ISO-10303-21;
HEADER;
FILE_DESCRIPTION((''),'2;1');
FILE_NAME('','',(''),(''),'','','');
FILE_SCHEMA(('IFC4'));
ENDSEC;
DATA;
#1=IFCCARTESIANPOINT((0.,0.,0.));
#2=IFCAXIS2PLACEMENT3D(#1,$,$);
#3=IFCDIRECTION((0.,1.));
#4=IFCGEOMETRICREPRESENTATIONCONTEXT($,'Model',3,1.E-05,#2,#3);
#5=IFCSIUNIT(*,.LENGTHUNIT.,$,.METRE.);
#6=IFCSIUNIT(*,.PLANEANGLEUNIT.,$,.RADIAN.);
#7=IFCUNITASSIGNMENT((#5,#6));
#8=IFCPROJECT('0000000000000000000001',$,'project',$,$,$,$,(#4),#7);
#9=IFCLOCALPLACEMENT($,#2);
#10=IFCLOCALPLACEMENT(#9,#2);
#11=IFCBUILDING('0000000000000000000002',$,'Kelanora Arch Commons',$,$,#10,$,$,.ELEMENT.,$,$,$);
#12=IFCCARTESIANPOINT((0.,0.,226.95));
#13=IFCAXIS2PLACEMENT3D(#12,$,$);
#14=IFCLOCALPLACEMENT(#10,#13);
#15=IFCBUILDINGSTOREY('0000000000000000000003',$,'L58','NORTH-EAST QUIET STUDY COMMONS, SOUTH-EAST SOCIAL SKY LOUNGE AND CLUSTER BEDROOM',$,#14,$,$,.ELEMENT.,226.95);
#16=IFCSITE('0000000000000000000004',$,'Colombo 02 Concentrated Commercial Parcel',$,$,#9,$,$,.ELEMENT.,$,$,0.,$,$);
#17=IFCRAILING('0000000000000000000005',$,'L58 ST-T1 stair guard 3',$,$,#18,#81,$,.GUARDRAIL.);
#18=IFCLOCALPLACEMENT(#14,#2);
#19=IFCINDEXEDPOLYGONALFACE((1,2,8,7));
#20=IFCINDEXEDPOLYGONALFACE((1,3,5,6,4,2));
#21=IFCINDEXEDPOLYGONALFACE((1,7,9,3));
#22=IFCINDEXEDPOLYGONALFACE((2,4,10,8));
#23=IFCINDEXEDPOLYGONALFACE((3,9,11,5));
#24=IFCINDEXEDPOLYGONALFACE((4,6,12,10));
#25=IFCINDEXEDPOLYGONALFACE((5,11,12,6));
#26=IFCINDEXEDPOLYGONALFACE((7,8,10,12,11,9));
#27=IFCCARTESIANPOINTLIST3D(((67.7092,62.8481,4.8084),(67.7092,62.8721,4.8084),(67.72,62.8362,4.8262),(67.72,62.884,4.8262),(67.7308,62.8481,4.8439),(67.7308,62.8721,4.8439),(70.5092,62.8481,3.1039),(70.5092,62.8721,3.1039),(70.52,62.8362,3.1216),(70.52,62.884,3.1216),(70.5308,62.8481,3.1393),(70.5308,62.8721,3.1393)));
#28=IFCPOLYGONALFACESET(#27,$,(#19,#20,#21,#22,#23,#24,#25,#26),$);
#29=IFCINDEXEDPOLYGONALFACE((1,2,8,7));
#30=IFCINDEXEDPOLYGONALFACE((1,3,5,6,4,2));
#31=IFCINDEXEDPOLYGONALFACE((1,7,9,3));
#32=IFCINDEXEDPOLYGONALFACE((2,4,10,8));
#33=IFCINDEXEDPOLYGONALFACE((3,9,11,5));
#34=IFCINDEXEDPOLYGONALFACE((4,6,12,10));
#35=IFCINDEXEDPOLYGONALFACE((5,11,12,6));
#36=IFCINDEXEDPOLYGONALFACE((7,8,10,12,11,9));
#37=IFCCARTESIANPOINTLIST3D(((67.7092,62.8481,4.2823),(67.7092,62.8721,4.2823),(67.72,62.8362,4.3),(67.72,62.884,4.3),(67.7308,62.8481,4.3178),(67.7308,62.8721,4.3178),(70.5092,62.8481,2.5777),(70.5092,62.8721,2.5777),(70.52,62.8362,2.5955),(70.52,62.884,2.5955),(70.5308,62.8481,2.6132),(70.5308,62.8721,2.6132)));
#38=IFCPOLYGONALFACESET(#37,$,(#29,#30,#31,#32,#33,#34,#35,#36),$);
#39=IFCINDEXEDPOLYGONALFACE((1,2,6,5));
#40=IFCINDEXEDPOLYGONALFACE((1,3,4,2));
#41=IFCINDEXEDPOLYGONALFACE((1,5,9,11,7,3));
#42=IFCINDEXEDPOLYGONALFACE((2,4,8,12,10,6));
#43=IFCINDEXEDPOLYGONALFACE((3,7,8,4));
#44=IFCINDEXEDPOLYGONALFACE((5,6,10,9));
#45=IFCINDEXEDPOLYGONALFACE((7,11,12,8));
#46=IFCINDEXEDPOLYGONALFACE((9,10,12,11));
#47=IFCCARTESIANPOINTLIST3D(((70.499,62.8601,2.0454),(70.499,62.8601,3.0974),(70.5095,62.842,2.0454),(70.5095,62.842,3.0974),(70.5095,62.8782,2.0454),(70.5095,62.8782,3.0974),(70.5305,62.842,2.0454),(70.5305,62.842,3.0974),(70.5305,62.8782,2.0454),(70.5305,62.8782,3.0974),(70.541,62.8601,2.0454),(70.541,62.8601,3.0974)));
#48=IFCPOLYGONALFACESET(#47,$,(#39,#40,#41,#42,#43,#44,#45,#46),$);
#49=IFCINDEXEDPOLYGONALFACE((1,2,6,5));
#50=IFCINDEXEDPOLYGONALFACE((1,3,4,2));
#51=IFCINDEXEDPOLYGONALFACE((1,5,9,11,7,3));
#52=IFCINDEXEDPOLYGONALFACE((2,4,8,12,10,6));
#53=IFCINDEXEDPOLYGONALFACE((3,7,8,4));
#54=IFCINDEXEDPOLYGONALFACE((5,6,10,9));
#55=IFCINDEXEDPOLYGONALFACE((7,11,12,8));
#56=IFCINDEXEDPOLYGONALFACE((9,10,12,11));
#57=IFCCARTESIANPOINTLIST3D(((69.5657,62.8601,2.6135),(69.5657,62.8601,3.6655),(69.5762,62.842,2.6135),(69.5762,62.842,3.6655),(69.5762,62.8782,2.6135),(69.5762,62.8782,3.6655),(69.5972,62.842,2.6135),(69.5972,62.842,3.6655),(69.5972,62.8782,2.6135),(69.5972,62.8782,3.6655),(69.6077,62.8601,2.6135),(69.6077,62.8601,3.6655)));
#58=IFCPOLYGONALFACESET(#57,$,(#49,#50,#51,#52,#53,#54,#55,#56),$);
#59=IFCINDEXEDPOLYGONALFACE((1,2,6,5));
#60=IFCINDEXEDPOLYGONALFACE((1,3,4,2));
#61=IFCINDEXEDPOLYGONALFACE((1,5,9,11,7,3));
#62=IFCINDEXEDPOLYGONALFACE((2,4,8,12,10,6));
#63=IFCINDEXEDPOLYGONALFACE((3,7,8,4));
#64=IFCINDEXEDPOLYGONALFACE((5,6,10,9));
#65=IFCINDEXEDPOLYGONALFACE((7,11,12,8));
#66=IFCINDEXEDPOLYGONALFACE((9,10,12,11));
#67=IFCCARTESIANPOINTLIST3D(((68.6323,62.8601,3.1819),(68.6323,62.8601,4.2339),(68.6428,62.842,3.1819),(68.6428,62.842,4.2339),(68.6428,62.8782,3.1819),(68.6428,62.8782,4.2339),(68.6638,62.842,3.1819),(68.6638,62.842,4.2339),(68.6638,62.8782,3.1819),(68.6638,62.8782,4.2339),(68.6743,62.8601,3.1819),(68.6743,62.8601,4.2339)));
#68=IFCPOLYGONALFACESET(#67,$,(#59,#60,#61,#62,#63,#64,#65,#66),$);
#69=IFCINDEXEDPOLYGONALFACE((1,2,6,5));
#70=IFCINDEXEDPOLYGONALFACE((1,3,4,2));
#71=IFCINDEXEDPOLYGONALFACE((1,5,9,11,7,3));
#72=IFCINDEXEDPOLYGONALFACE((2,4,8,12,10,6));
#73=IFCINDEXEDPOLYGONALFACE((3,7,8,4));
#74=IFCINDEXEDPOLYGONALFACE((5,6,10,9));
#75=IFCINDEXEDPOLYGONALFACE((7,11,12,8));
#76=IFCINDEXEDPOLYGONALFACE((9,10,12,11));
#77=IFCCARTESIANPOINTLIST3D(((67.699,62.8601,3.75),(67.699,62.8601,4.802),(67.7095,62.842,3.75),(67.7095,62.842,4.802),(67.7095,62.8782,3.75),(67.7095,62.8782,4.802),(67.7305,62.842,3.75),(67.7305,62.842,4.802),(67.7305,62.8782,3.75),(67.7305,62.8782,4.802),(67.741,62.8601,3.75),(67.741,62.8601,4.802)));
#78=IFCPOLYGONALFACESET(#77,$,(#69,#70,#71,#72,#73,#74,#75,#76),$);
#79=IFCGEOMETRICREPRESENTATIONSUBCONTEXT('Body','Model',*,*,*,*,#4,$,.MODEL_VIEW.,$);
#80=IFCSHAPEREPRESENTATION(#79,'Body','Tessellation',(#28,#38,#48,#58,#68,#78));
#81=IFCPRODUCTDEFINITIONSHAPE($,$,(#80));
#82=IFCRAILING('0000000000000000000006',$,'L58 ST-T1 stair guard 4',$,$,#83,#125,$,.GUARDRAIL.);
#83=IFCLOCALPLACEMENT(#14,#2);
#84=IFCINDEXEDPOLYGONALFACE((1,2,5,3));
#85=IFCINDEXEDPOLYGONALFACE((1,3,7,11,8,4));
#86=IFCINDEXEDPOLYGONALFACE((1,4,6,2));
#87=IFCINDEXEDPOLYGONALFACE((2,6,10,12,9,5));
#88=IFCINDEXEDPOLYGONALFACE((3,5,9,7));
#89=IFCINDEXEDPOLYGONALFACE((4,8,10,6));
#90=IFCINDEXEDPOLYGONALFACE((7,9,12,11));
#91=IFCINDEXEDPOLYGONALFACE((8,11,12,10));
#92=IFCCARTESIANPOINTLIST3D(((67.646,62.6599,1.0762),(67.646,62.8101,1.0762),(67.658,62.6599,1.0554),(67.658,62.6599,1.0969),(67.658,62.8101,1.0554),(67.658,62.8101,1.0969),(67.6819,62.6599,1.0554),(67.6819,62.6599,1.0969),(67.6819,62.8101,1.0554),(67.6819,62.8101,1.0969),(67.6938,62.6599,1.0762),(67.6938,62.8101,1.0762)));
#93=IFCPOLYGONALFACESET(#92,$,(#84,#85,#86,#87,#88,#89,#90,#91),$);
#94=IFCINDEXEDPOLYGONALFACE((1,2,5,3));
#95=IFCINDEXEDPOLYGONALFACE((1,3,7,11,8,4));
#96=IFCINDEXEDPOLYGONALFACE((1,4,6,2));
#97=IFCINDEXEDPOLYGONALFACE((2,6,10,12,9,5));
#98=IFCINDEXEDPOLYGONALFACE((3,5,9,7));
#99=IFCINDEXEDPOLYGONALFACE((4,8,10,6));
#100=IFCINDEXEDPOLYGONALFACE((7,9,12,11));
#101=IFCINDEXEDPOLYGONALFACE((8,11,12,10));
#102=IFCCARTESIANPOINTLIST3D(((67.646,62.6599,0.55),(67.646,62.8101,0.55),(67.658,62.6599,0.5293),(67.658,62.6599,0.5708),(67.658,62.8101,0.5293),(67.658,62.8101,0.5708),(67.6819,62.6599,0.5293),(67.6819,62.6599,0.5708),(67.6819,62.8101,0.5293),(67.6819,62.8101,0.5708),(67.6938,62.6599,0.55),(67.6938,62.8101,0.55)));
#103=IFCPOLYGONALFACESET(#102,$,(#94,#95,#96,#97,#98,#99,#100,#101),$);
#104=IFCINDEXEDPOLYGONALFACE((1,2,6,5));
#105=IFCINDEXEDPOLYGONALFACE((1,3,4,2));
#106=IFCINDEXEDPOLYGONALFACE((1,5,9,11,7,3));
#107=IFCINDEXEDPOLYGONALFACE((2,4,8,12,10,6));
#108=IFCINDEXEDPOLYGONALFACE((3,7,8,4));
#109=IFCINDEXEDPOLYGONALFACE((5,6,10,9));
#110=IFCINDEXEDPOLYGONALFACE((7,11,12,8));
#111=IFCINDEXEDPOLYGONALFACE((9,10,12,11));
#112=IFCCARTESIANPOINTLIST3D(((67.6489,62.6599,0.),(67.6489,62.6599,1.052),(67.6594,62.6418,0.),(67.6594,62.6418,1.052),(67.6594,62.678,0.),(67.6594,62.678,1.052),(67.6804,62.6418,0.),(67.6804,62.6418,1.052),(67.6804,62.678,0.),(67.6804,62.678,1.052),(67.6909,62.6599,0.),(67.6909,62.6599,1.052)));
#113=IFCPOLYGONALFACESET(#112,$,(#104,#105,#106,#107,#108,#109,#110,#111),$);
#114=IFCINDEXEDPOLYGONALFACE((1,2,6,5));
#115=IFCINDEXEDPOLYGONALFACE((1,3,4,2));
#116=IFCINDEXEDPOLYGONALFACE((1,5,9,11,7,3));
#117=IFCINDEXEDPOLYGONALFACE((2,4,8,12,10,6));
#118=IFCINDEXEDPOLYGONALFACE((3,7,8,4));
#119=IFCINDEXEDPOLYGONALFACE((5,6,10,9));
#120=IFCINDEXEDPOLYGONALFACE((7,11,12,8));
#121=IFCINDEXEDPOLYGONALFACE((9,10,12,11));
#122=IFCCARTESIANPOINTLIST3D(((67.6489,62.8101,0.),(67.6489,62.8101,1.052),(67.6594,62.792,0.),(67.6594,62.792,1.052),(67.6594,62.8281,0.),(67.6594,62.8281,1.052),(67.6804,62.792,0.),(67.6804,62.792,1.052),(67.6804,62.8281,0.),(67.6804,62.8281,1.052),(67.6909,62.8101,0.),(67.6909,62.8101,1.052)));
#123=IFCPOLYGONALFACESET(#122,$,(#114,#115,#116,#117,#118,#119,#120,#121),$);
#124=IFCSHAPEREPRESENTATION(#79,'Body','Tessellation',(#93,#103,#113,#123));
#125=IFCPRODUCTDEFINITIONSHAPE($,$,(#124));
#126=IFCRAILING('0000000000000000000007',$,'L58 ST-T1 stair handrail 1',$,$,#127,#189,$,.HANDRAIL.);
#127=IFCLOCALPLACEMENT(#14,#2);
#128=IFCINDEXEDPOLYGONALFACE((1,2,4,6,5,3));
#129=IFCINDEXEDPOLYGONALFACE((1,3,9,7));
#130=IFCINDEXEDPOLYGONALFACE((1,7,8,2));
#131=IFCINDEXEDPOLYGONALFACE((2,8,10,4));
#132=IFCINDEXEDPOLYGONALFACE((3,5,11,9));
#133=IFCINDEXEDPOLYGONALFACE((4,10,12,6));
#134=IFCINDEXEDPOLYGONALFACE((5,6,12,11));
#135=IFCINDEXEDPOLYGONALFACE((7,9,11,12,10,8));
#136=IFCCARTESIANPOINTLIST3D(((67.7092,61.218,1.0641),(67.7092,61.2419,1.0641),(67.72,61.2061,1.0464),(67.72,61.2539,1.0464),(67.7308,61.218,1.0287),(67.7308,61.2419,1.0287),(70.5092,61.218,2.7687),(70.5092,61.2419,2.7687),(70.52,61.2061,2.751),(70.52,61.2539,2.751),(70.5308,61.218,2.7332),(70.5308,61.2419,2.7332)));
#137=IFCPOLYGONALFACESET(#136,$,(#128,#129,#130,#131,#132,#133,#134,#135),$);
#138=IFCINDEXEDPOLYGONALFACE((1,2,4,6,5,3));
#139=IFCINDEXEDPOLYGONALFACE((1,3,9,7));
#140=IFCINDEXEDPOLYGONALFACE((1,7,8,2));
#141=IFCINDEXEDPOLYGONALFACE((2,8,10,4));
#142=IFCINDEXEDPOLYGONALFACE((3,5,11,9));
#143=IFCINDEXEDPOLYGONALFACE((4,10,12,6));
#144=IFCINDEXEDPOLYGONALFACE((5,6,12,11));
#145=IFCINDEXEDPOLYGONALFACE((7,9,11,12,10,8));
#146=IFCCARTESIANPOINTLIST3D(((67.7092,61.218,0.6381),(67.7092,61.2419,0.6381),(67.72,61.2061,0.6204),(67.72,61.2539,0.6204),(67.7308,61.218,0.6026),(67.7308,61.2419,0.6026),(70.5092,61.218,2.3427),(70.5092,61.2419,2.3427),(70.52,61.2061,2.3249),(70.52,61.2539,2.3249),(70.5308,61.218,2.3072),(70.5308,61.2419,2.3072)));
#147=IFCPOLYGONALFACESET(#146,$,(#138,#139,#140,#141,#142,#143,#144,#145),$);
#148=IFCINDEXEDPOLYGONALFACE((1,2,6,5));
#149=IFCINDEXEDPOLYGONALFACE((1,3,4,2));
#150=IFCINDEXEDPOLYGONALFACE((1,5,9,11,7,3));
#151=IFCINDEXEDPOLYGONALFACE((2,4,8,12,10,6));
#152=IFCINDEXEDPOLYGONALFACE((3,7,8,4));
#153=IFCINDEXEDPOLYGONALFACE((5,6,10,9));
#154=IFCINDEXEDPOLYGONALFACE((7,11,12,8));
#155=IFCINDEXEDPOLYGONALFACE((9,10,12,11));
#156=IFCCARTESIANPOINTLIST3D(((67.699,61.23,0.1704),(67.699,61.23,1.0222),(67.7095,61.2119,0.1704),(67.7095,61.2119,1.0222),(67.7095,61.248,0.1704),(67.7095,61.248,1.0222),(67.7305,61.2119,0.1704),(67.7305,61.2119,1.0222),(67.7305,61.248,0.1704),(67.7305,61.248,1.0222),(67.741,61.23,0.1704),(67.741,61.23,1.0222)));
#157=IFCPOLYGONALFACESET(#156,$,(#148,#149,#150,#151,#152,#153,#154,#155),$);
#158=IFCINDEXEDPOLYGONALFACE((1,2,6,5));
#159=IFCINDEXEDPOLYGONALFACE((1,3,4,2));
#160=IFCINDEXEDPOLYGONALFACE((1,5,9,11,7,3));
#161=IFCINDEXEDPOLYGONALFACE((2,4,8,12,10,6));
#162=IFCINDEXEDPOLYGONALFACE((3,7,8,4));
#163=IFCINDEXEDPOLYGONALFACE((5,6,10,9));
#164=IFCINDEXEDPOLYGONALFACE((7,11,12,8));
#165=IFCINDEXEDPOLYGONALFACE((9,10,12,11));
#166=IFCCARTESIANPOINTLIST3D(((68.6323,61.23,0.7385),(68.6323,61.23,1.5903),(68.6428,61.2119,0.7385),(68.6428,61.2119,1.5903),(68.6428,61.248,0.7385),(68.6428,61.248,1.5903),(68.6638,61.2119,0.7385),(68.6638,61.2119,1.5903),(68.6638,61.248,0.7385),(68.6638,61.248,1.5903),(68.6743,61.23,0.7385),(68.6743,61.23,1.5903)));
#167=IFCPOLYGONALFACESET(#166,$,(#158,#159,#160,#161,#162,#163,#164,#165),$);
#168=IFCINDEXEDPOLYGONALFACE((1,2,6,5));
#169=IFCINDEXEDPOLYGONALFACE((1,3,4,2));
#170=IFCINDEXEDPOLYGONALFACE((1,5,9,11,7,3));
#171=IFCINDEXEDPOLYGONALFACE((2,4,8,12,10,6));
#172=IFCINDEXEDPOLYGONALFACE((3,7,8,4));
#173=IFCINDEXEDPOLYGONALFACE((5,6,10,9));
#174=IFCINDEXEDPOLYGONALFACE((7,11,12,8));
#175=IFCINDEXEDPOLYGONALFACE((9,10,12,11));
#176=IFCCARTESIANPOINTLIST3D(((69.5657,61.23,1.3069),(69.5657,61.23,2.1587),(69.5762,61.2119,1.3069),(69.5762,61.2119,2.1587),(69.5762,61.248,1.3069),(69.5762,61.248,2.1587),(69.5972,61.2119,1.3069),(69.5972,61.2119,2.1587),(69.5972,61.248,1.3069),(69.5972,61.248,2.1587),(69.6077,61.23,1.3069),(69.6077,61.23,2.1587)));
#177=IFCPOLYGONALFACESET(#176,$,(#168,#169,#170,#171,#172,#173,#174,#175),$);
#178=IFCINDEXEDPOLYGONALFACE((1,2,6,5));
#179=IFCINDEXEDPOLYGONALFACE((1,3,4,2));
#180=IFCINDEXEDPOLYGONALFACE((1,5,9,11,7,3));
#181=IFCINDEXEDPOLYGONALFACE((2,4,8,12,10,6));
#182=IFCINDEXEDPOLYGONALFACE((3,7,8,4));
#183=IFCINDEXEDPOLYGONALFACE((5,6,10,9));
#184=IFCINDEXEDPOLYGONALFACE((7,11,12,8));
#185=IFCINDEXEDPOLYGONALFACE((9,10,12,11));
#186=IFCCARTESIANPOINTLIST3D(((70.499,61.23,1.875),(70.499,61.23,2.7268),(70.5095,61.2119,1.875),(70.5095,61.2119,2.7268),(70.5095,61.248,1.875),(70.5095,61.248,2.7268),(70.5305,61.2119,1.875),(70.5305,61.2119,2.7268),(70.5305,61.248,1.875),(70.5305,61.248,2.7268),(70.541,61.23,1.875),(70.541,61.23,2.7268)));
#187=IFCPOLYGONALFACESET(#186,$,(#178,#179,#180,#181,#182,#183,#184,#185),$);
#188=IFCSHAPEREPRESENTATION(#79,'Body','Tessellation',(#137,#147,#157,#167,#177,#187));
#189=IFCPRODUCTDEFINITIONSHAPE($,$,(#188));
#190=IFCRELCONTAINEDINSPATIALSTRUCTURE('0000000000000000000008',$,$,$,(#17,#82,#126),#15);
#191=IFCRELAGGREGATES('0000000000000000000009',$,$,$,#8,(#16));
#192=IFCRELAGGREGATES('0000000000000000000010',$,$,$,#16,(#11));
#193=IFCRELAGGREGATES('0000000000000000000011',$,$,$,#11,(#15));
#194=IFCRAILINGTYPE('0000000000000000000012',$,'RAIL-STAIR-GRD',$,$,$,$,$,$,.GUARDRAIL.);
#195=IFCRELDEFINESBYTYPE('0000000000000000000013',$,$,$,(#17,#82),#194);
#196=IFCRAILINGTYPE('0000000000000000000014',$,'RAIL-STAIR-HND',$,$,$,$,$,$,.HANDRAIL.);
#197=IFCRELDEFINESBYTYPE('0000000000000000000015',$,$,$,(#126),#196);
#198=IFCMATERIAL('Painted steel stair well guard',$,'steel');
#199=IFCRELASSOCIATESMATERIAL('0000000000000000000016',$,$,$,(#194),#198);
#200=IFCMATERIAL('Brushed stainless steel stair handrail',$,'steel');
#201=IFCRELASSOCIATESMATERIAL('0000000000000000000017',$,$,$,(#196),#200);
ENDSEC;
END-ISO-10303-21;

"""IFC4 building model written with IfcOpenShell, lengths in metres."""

from ifc_helpers import new_model, si_unit, direction, frame, origin, place, context, subcontext, project, spatial, polyline, outline, extrude, material, type_object, element, save


model = new_model("IFC4")

# Units and contexts
model_context = context("Model", 3, precision=1e-05, world=origin(), true_north=direction((0.0, 1.0)))
body_context = subcontext(model_context, "Body", "Model", "MODEL_VIEW")
ifc_project = project(units=[si_unit("LENGTHUNIT", "METRE"), si_unit("PLANEANGLEUNIT", "RADIAN")], contexts=[model_context])

# Site, building, storey
site_placement = place(None, origin())
site = spatial("IfcSite", under=ifc_project, at=site_placement, Name="Colombo 02 Concentrated Commercial Parcel", CompositionType="ELEMENT", RefElevation=0.0)
building_placement = place(site_placement, origin())
building = spatial("IfcBuilding", under=site, at=building_placement, Name="Kelanora Arch Commons", CompositionType="ELEMENT")
storey_placement = place(building_placement, frame((0.0, 0.0, 226.95)))
storey = spatial("IfcBuildingStorey", under=building, at=storey_placement, Name="L58", Description="NORTH-EAST QUIET STUDY COMMONS, SOUTH-EAST SOCIAL SKY LOUNGE AND CLUSTER BEDROOM", CompositionType="ELEMENT", Elevation=226.95)

# Railings
ifc_material_1 = material(Name="Painted steel stair well guard", Category="steel")
railing_type_1 = type_object("IfcRailingType", Name="RAIL-STAIR-GRD", PredefinedType="GUARDRAIL", material=ifc_material_1)
railing_1_placement = place(storey_placement, frame((70.52, 62.8601, 2.0454)))
element("IfcRailing", 1, at=railing_1_placement, inside=storey, type_object=railing_type_1, Name="L58 ST-T1 stair guard 3", PredefinedType="GUARDRAIL", context=body_context, shape_type="SweptSolid", body=[
    extrude(outline(polyline([(0.0239, 0.0), (0.012, 0.0208), (-0.012, 0.0208), (-0.0239, 0.0), (-0.012, -0.0208), (0.012, -0.0208), (0.0239, 0.0)])), frame((0.0, 0.0, 1.0762), z_axis=(-0.85417, 0.0, 0.519994), x_axis=(0.0, -1.0, 0.0)), (0.0, 0.0, 1.0), 3.2781),
    extrude(outline(polyline([(0.0239, 0.0), (0.012, 0.0208), (-0.012, 0.0208), (-0.0239, 0.0), (-0.012, -0.0208), (0.012, -0.0208), (0.0239, 0.0)])), frame((0.0, 0.0, 0.55), z_axis=(-0.85417, 0.0, 0.519994), x_axis=(0.0, -1.0, 0.0)), (0.0, 0.0, 1.0), 3.2781),
    extrude(outline(polyline([(0.021, 0.0), (0.0105, 0.0181), (-0.0105, 0.0181), (-0.021, 0.0), (-0.0105, -0.0181), (0.0105, -0.0181), (0.021, 0.0)])), origin(), (0.0, 0.0, 1.0), 1.052),
    extrude(outline(polyline([(0.021, 0.0), (0.0105, 0.0181), (-0.0105, 0.0181), (-0.021, 0.0), (-0.0105, -0.0181), (0.0105, -0.0181), (0.021, 0.0)])), frame((-0.9333, 0.0, 0.5681)), (0.0, 0.0, 1.0), 1.052),
    extrude(outline(polyline([(0.021, 0.0), (0.0105, 0.0181), (-0.0105, 0.0181), (-0.021, 0.0), (-0.0105, -0.0181), (0.0105, -0.0181), (0.021, 0.0)])), frame((-1.8667, 0.0, 1.1365)), (0.0, 0.0, 1.0), 1.052),
    extrude(outline(polyline([(0.021, 0.0), (0.0105, 0.0181), (-0.0105, 0.0181), (-0.021, 0.0), (-0.0105, -0.0181), (0.0105, -0.0181), (0.021, 0.0)])), frame((-2.8, 0.0, 1.7046)), (0.0, 0.0, 1.0), 1.052),
])
railing_2_placement = place(storey_placement, frame((67.6699, 62.6599, 0.0)))
element("IfcRailing", 2, at=railing_2_placement, inside=storey, type_object=railing_type_1, Name="L58 ST-T1 stair guard 4", PredefinedType="GUARDRAIL", context=body_context, shape_type="SweptSolid", body=[
    extrude(outline(polyline([(0.0239, 0.0), (0.012, 0.0208), (-0.012, 0.0208), (-0.0239, 0.0), (-0.012, -0.0208), (0.012, -0.0208), (0.0239, 0.0)])), frame((0.0, 0.0, 1.0762), z_axis=(0.0, 1.0, 0.0), x_axis=(-1.0, 0.0, 0.0)), (0.0, 0.0, 1.0), 0.1501),
    extrude(outline(polyline([(0.0239, 0.0), (0.012, 0.0208), (-0.012, 0.0208), (-0.0239, 0.0), (-0.012, -0.0208), (0.012, -0.0208), (0.0239, 0.0)])), frame((0.0, 0.0, 0.55), z_axis=(0.0, 1.0, 0.0), x_axis=(-1.0, 0.0, 0.0)), (0.0, 0.0, 1.0), 0.1501),
    extrude(outline(polyline([(0.021, 0.0), (0.0105, 0.0181), (-0.0105, 0.0181), (-0.021, 0.0), (-0.0105, -0.0181), (0.0105, -0.0181), (0.021, 0.0)])), origin(), (0.0, 0.0, 1.0), 1.052),
    extrude(outline(polyline([(0.021, 0.0), (0.0105, 0.0181), (-0.0105, 0.0181), (-0.021, 0.0), (-0.0105, -0.0181), (0.0105, -0.0181), (0.021, 0.0)])), frame((0.0, 0.1501, 0.0)), (0.0, 0.0, 1.0), 1.052),
])
ifc_material_2 = material(Name="Brushed stainless steel stair handrail", Category="steel")
railing_type_2 = type_object("IfcRailingType", Name="RAIL-STAIR-HND", PredefinedType="HANDRAIL", material=ifc_material_2)
railing_3_placement = place(storey_placement, frame((67.72, 61.23, 0.1704)))
element("IfcRailing", 3, at=railing_3_placement, inside=storey, type_object=railing_type_2, Name="L58 ST-T1 stair handrail 1", PredefinedType="HANDRAIL", context=body_context, shape_type="SweptSolid", body=[
    extrude(outline(polyline([(0.0239, 0.0), (0.012, 0.0208), (-0.012, 0.0208), (-0.0239, 0.0), (-0.012, -0.0208), (0.012, -0.0208), (0.0239, 0.0)])), frame((0.0, 0.0, 0.876), z_axis=(0.85417, 0.0, 0.519994), x_axis=(0.0, 1.0, 0.0)), (0.0, 0.0, 1.0), 3.2781),
    extrude(outline(polyline([(0.0239, 0.0), (0.012, 0.0208), (-0.012, 0.0208), (-0.0239, 0.0), (-0.012, -0.0208), (0.012, -0.0208), (0.0239, 0.0)])), frame((0.0, 0.0, 0.45), z_axis=(0.85417, 0.0, 0.519994), x_axis=(0.0, 1.0, 0.0)), (0.0, 0.0, 1.0), 3.2781),
    extrude(outline(polyline([(0.021, 0.0), (0.0105, 0.0181), (-0.0105, 0.0181), (-0.021, 0.0), (-0.0105, -0.0181), (0.0105, -0.0181), (0.021, 0.0)])), origin(), (0.0, 0.0, 1.0), 0.8518),
    extrude(outline(polyline([(0.021, 0.0), (0.0105, 0.0181), (-0.0105, 0.0181), (-0.021, 0.0), (-0.0105, -0.0181), (0.0105, -0.0181), (0.021, 0.0)])), frame((0.9333, 0.0, 0.5681)), (0.0, 0.0, 1.0), 0.8518),
    extrude(outline(polyline([(0.021, 0.0), (0.0105, 0.0181), (-0.0105, 0.0181), (-0.021, 0.0), (-0.0105, -0.0181), (0.0105, -0.0181), (0.021, 0.0)])), frame((1.8667, 0.0, 1.1365)), (0.0, 0.0, 1.0), 0.8518),
    extrude(outline(polyline([(0.021, 0.0), (0.0105, 0.0181), (-0.0105, 0.0181), (-0.021, 0.0), (-0.0105, -0.0181), (0.0105, -0.0181), (0.021, 0.0)])), frame((2.8, 0.0, 1.7046)), (0.0, 0.0, 1.0), 0.8518),
])

save(model, "model.ifc")
